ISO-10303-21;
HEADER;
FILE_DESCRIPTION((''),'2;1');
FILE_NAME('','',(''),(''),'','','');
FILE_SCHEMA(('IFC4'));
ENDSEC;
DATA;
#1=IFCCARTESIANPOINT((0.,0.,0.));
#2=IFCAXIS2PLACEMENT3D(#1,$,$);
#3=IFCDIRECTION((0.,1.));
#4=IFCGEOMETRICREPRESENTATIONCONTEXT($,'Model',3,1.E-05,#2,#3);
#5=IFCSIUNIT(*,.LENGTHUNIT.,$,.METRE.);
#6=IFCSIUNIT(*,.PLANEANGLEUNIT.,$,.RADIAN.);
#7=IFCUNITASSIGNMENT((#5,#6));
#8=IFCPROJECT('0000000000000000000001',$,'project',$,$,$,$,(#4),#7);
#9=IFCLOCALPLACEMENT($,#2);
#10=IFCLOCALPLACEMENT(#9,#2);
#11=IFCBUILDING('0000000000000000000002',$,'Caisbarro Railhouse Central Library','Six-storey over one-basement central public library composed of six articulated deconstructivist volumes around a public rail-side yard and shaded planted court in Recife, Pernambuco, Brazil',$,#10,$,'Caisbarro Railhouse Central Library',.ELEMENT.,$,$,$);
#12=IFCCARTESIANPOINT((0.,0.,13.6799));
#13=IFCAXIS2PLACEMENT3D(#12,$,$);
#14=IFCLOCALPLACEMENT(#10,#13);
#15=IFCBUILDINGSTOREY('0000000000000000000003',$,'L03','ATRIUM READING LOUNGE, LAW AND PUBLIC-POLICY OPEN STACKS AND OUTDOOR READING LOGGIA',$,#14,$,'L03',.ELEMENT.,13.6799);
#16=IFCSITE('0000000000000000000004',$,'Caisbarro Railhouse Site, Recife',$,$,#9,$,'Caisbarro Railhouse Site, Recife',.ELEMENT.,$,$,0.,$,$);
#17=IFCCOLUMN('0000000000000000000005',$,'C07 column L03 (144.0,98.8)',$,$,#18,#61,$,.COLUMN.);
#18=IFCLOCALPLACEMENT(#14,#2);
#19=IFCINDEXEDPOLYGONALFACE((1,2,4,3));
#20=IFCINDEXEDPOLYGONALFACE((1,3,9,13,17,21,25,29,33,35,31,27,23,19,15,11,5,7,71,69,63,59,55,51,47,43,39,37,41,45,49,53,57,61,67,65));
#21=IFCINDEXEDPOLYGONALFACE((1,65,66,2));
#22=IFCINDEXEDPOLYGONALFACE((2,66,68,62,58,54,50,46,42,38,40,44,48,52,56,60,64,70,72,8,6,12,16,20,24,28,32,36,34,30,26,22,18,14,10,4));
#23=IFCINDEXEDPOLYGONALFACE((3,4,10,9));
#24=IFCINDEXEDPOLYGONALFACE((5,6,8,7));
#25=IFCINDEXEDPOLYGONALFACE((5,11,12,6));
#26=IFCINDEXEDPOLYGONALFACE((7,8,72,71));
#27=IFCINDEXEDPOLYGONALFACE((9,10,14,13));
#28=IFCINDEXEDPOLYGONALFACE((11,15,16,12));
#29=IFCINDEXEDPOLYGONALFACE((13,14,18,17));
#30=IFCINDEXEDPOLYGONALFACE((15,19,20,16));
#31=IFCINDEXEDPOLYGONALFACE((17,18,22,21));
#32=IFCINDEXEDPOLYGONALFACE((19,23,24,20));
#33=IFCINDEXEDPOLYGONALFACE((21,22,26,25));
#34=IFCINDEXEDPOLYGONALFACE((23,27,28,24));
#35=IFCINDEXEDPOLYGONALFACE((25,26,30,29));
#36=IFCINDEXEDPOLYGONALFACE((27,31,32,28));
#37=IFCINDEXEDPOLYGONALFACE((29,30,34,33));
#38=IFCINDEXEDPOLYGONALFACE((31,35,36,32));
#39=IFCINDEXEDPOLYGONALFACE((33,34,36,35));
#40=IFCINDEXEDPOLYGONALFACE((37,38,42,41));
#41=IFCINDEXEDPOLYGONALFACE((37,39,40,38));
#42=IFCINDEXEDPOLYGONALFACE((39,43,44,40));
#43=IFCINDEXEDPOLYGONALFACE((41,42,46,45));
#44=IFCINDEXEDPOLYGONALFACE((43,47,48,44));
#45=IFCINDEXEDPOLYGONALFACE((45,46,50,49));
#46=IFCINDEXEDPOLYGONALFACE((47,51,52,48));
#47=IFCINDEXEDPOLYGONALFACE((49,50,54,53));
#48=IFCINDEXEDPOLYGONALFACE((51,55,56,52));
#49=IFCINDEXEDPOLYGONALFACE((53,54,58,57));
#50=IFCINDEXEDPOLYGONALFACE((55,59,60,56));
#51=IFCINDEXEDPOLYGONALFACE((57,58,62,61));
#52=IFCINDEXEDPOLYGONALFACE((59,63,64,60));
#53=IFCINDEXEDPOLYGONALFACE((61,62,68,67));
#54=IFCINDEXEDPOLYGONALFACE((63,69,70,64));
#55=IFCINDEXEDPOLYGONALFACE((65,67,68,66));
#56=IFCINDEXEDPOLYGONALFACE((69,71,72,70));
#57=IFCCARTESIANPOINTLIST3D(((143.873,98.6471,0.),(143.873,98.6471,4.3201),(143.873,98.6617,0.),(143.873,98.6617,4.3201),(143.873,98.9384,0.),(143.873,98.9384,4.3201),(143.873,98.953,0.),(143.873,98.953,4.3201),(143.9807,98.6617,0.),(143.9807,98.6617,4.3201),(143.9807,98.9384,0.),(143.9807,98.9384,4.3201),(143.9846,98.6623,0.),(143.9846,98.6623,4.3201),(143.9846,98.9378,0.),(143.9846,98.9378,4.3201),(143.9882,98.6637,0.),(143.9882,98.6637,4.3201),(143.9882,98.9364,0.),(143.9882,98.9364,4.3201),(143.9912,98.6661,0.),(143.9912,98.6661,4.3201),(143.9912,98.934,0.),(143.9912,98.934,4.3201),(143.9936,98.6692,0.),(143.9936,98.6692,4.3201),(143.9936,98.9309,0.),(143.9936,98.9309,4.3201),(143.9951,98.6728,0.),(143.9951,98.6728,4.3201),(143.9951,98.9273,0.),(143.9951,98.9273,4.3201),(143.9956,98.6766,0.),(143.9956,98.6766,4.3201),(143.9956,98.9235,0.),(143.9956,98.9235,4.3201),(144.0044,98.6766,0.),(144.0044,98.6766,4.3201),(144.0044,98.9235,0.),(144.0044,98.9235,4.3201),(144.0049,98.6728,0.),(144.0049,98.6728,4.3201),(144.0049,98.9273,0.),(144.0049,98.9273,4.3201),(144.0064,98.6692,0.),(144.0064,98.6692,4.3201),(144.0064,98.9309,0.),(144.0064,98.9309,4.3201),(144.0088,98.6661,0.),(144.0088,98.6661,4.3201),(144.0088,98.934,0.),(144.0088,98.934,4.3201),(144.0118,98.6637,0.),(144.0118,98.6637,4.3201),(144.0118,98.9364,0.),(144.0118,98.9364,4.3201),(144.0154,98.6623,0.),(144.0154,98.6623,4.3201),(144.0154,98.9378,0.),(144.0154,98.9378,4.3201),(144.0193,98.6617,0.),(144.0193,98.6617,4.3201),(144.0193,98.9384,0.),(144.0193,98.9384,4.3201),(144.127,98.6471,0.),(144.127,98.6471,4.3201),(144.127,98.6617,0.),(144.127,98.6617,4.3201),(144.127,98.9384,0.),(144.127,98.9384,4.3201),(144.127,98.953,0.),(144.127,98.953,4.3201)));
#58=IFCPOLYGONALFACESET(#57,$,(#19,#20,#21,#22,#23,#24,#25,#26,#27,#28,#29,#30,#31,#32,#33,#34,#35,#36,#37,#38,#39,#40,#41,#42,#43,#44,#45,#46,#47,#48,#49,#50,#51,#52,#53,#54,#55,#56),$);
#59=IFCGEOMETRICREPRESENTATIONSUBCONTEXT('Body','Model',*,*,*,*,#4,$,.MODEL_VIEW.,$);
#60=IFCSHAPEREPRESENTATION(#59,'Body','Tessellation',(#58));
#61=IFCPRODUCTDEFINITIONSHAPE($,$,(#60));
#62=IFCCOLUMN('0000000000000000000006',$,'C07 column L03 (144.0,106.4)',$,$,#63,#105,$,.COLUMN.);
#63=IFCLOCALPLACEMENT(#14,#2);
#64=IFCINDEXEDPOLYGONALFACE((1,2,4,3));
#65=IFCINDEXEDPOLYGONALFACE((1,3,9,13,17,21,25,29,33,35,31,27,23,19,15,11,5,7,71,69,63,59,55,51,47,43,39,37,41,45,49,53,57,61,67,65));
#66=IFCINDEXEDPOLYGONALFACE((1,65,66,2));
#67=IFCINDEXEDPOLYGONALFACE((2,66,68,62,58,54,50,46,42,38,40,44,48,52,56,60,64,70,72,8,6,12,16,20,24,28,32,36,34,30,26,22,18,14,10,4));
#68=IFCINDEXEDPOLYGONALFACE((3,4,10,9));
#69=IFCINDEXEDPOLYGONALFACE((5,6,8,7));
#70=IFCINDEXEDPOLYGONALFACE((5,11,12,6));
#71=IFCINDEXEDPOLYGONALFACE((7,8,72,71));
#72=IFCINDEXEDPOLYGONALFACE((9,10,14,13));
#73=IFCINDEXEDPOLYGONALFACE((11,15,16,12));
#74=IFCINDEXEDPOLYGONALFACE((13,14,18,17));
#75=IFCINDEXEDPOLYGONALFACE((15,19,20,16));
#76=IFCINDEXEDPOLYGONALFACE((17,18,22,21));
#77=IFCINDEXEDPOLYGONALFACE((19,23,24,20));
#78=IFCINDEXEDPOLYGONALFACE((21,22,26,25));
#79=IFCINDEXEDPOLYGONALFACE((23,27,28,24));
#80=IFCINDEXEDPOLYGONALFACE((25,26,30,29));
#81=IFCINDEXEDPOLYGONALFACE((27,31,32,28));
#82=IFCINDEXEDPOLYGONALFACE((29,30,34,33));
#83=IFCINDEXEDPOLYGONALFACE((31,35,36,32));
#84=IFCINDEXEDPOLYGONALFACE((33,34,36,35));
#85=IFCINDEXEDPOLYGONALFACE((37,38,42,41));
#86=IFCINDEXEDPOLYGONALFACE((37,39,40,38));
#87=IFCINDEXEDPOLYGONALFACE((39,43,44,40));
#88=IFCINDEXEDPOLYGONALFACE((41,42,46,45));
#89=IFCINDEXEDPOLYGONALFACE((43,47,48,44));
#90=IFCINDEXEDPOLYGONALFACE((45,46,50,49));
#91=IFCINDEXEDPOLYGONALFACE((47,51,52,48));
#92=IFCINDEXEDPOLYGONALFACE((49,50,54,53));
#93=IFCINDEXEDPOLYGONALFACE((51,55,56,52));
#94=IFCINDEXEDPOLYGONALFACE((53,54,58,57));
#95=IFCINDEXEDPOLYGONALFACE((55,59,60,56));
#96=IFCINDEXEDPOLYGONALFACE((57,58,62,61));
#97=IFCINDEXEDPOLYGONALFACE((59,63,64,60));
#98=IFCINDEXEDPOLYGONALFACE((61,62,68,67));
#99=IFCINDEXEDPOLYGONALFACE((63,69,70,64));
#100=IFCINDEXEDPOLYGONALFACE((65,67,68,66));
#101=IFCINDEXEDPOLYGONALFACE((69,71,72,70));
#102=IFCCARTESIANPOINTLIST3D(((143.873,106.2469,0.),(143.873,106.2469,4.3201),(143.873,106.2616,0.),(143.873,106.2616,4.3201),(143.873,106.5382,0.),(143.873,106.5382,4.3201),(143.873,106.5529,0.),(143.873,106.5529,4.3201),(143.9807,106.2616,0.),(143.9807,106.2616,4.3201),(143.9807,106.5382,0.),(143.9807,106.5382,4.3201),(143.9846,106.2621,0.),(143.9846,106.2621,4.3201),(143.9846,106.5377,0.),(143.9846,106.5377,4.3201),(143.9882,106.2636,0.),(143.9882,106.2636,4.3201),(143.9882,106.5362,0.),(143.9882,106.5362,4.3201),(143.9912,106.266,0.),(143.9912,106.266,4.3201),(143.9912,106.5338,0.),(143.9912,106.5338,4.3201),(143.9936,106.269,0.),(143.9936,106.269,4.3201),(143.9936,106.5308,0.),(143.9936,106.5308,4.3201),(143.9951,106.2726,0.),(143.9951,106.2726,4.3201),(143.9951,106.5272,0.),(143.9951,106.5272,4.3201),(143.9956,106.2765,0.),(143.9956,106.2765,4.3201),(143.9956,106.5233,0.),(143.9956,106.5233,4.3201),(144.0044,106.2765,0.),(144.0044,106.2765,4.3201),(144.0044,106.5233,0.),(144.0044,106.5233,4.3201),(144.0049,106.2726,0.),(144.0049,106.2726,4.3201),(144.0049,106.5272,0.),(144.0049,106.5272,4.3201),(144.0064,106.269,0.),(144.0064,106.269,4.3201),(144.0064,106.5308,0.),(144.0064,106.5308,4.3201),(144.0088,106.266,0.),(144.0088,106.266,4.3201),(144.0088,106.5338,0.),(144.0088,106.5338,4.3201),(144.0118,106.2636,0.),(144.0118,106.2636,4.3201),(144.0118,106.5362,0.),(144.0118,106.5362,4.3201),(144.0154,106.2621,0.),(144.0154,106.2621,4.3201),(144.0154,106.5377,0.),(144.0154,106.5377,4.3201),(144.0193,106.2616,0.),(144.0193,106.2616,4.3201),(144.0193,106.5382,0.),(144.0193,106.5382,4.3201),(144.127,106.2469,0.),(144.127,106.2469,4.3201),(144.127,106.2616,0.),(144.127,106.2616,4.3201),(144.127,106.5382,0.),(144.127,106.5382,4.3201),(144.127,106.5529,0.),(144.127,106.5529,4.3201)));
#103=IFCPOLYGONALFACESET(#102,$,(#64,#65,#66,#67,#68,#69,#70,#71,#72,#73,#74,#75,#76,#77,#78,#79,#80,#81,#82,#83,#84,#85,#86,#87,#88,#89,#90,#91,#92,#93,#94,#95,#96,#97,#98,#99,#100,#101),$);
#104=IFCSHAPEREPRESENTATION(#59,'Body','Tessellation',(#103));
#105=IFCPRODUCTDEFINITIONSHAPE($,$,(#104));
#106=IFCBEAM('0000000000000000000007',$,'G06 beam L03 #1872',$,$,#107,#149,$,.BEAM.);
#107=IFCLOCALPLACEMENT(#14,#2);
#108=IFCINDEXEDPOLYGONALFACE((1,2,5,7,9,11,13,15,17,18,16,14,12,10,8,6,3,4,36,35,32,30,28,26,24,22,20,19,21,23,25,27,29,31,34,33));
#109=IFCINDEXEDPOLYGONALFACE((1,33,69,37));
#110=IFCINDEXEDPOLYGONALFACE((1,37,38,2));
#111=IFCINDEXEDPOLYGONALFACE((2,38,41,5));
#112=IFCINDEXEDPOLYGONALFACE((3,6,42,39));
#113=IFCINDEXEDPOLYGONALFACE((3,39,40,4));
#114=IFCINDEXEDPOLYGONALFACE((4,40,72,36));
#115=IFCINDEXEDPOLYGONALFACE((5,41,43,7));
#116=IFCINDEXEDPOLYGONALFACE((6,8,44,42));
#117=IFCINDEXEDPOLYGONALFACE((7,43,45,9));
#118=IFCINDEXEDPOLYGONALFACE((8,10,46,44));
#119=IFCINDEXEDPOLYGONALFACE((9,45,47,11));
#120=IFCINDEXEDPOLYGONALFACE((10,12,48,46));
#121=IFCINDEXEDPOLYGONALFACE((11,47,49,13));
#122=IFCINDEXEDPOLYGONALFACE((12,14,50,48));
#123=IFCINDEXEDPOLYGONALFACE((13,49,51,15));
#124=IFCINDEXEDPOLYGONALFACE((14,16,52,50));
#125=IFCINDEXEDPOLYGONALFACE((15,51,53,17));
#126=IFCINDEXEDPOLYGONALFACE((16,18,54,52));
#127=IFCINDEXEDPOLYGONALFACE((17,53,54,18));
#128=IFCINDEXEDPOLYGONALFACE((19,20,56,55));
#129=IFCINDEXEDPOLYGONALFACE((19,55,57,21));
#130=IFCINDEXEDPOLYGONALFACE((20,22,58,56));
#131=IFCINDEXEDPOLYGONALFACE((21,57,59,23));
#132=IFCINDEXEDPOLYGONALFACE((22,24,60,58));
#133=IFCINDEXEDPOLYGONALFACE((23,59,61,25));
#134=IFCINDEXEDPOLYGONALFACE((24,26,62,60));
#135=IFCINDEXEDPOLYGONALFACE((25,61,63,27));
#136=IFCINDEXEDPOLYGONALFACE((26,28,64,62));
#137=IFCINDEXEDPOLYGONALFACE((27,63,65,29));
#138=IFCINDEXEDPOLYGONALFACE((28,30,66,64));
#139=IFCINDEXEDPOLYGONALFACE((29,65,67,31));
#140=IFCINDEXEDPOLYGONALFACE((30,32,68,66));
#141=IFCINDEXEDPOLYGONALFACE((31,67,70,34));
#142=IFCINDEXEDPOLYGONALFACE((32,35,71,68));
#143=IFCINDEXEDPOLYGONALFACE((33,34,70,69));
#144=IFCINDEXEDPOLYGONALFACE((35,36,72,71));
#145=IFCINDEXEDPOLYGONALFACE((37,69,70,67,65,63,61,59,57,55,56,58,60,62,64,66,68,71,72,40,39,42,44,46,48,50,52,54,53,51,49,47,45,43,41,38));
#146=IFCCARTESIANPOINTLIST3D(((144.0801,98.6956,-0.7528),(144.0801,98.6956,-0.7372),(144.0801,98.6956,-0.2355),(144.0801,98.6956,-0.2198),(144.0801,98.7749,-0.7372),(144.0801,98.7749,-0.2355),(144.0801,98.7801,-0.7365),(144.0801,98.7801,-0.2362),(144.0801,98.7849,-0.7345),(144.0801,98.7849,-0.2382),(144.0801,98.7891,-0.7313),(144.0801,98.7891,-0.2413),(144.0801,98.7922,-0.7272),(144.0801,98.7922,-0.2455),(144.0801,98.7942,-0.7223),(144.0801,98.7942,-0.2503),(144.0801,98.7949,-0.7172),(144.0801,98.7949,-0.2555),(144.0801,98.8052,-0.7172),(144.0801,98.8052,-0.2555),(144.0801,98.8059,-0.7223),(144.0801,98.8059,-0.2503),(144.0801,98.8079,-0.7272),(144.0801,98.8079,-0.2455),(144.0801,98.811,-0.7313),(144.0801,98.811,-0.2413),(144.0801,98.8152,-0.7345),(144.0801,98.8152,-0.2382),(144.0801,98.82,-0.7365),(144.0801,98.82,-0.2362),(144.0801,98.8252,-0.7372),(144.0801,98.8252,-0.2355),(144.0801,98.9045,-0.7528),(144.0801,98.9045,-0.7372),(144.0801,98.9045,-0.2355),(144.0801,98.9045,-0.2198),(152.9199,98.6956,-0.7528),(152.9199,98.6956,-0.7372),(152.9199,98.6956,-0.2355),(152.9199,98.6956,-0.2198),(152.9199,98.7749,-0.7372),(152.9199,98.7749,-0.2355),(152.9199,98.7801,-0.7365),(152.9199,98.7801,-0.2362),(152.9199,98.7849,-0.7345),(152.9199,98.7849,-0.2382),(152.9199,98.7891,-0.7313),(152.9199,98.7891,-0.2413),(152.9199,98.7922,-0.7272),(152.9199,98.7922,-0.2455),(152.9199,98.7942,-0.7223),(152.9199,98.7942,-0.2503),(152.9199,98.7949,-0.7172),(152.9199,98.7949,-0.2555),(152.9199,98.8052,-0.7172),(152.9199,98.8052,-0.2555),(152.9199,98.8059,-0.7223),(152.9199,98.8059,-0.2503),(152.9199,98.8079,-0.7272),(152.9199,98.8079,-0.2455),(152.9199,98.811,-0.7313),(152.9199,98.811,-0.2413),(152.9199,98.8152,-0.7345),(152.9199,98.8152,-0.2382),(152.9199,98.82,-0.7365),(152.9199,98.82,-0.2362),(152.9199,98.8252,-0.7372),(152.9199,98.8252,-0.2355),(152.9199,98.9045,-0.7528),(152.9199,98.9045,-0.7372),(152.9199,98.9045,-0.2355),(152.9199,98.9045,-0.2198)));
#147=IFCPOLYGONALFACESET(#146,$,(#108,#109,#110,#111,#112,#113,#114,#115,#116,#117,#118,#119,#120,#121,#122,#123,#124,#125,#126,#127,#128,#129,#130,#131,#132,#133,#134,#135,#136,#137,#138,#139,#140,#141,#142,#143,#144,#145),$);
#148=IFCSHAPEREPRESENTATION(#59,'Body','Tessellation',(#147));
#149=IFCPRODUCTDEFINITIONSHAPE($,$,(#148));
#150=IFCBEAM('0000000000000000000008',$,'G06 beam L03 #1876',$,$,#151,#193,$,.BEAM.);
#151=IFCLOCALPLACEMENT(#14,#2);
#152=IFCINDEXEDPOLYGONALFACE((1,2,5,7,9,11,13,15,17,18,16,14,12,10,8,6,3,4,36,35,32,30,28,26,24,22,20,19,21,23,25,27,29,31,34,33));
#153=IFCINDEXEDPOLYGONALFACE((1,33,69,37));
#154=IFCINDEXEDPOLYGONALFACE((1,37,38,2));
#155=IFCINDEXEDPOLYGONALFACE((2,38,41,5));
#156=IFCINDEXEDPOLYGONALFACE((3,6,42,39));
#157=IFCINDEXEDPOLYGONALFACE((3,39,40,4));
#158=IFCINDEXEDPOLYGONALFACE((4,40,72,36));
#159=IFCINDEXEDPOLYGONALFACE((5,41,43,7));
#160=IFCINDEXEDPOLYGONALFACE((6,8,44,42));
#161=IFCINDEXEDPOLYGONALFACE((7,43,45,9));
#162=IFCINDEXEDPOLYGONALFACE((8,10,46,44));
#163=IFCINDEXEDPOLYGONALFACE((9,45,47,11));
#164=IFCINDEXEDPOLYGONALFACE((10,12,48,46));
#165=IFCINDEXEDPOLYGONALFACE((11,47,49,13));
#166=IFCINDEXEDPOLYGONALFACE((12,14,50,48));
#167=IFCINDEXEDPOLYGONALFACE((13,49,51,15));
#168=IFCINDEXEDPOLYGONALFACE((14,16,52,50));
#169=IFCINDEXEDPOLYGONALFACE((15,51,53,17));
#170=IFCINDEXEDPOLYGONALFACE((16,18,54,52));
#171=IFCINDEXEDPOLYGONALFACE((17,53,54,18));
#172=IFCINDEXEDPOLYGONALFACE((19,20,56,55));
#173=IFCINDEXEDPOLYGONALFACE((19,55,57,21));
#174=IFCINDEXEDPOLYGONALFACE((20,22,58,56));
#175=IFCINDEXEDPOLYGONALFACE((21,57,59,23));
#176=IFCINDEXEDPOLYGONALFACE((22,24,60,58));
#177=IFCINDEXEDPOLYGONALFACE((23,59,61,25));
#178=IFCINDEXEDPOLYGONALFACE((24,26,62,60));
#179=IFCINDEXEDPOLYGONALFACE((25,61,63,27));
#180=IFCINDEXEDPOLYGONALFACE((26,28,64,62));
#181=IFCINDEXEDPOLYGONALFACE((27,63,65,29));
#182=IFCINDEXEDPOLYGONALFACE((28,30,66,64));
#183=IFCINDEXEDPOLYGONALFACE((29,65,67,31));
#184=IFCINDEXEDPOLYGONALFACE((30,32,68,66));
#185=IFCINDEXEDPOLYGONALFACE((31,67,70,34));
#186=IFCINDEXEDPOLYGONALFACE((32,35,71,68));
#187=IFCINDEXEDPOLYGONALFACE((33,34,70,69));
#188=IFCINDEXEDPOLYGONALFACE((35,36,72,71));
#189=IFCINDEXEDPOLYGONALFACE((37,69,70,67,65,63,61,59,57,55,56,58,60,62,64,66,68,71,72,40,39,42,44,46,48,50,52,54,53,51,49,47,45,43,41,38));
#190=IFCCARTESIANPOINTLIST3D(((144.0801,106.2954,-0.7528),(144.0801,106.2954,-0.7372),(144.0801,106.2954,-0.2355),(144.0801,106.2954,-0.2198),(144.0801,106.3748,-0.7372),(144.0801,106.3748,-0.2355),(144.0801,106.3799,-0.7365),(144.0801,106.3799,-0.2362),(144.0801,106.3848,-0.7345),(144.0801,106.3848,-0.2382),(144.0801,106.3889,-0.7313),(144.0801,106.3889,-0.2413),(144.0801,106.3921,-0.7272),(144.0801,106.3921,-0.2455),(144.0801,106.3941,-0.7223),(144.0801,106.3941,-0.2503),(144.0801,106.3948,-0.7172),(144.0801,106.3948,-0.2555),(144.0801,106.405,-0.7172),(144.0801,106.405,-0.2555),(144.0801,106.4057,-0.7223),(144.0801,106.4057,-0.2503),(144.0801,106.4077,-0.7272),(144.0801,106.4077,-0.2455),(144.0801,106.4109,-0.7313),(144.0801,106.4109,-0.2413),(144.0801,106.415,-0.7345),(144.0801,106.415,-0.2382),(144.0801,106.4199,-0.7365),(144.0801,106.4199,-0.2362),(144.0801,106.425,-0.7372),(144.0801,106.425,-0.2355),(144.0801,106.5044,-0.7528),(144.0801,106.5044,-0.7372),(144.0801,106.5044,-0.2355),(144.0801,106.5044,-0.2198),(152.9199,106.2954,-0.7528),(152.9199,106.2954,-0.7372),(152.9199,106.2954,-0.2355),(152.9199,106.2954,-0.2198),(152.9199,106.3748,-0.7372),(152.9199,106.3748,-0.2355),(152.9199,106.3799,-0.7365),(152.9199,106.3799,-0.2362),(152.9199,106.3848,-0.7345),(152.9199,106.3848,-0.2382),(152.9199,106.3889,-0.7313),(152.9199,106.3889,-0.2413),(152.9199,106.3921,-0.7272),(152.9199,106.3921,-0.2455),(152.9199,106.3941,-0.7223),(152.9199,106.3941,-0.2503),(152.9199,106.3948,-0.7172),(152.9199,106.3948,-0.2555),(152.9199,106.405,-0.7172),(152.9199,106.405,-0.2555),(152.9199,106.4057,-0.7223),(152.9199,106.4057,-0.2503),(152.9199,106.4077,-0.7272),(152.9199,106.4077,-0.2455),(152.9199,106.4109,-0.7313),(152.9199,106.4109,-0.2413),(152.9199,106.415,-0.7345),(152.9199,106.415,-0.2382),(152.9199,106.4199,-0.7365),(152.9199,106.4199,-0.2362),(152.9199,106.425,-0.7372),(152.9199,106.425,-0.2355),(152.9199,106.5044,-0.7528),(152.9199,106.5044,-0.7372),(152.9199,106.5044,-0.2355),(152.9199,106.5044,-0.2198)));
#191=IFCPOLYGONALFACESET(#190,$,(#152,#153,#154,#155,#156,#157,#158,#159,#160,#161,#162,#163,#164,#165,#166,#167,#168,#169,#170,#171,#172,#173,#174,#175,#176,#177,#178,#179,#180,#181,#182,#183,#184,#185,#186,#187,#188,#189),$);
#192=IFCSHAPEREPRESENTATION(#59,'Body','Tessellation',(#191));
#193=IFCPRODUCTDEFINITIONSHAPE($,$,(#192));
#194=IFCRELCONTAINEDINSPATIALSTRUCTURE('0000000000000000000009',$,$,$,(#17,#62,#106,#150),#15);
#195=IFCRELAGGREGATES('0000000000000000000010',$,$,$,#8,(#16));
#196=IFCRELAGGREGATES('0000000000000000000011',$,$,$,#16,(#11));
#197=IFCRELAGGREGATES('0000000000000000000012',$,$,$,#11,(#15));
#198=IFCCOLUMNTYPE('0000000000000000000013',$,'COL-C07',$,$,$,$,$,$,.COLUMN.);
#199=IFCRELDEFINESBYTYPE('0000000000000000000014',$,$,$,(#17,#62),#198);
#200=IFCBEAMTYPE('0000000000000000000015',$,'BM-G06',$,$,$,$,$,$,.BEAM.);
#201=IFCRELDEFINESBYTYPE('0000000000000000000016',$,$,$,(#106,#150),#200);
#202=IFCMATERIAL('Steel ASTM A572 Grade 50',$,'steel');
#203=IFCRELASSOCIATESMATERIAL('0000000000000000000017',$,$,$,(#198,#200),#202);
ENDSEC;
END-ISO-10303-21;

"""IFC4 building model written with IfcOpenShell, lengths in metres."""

from ifc_helpers import new_model, si_unit, direction, frame, origin, origin_2d, place, context, subcontext, project, spatial, i_section, extrude, material, material_profile, profile_set, type_object, element, save


model = new_model("IFC4")

# Units and contexts
model_context = context("Model", 3, precision=1e-05, world=origin(), true_north=direction((0.0, 1.0)))
body_context = subcontext(model_context, "Body", "Model", "MODEL_VIEW")
ifc_project = project(units=[si_unit("LENGTHUNIT", "METRE"), si_unit("PLANEANGLEUNIT", "RADIAN")], contexts=[model_context])

# Site, building, storey
site_placement = place(None, origin())
site = spatial("IfcSite", under=ifc_project, at=site_placement, Name="Caisbarro Railhouse Site, Recife", LongName="Caisbarro Railhouse Site, Recife", CompositionType="ELEMENT", RefElevation=0.0)
building_placement = place(site_placement, origin())
building = spatial("IfcBuilding", under=site, at=building_placement, Name="Caisbarro Railhouse Central Library", Description="Six-storey over one-basement central public library composed of six articulated deconstructivist volumes around a public rail-side yard and shaded planted court in Recife, Pernambuco, Brazil", LongName="Caisbarro Railhouse Central Library", CompositionType="ELEMENT")
storey_placement = place(building_placement, frame((0.0, 0.0, 13.6799)))
storey = spatial("IfcBuildingStorey", under=building, at=storey_placement, Name="L03", Description="ATRIUM READING LOUNGE, LAW AND PUBLIC-POLICY OPEN STACKS AND OUTDOOR READING LOGGIA", LongName="L03", CompositionType="ELEMENT", Elevation=13.6799)

# Columns
ifc_material_1 = material(Name="Steel ASTM A572 Grade 50", Category="steel")
ifc_material_profile_1 = material_profile(ifc_material_1, i_section(OverallWidth=0.2539, OverallDepth=0.3059, WebThickness=0.0088, FlangeThickness=0.0146, FilletRadius=0.0149, at=origin_2d()), Name="W310X79.0")
ifc_profile_set_1 = profile_set([ifc_material_profile_1], Name="Steel ASTM A572 Grade 50")
column_type = type_object("IfcColumnType", Name="COL-C07", PredefinedType="COLUMN", material=ifc_profile_set_1)
for number, where, z_axis, x_axis, name in (
    (1, (144.0, 98.8, 0.0), (0.0, 0.0, 1.0), (1.0, 0.0, 0.0), "C07 column L03 (144.0,98.8)"),
    (2, (144.0, 106.3999, 0.0), (0.0, 0.0, 1.0), (1.0, 0.0, 0.0), "C07 column L03 (144.0,106.4)"),
):
    element("IfcColumn", number, at=place(storey_placement, frame(where, z_axis=z_axis, x_axis=x_axis)), inside=storey, type_object=column_type, Name=name, PredefinedType="COLUMN", context=body_context, shape_type="SweptSolid", body=[
        extrude(i_section(OverallWidth=0.2539, OverallDepth=0.3059, WebThickness=0.0088, FlangeThickness=0.0146, FilletRadius=0.0149, at=origin_2d()), origin(), (0.0, 0.0, 1.0), 4.3201),
    ])

# Beams
ifc_material_profile_2 = material_profile(ifc_material_1, i_section(OverallWidth=0.209, OverallDepth=0.533, WebThickness=0.0103, FlangeThickness=0.0156, FilletRadius=0.02, at=origin_2d()), Name="W530X92.0")
ifc_profile_set_2 = profile_set([ifc_material_profile_2], Name="Steel ASTM A572 Grade 50")
beam_type_1 = type_object("IfcBeamType", Name="BM-G06", PredefinedType="BEAM", material=ifc_profile_set_2)
for number, where, z_axis, x_axis, name in (
    (3, (144.0801, 98.8, -0.4863), (1.0, 0.0, 0.0), (0.0, 1.0, 0.0), "G06 beam L03 #1872"),
    (4, (144.0801, 106.3999, -0.4863), (1.0, 0.0, 0.0), (0.0, 1.0, 0.0), "G06 beam L03 #1876"),
):
    element("IfcBeam", number, at=place(storey_placement, frame(where, z_axis=z_axis, x_axis=x_axis)), inside=storey, type_object=beam_type_1, Name=name, PredefinedType="BEAM", context=body_context, shape_type="SweptSolid", body=[
        extrude(i_section(OverallWidth=0.209, OverallDepth=0.533, WebThickness=0.0103, FlangeThickness=0.0156, FilletRadius=0.02, at=origin_2d()), origin(), (0.0, 0.0, 1.0), 8.8398),
    ])

save(model, "model.ifc")
